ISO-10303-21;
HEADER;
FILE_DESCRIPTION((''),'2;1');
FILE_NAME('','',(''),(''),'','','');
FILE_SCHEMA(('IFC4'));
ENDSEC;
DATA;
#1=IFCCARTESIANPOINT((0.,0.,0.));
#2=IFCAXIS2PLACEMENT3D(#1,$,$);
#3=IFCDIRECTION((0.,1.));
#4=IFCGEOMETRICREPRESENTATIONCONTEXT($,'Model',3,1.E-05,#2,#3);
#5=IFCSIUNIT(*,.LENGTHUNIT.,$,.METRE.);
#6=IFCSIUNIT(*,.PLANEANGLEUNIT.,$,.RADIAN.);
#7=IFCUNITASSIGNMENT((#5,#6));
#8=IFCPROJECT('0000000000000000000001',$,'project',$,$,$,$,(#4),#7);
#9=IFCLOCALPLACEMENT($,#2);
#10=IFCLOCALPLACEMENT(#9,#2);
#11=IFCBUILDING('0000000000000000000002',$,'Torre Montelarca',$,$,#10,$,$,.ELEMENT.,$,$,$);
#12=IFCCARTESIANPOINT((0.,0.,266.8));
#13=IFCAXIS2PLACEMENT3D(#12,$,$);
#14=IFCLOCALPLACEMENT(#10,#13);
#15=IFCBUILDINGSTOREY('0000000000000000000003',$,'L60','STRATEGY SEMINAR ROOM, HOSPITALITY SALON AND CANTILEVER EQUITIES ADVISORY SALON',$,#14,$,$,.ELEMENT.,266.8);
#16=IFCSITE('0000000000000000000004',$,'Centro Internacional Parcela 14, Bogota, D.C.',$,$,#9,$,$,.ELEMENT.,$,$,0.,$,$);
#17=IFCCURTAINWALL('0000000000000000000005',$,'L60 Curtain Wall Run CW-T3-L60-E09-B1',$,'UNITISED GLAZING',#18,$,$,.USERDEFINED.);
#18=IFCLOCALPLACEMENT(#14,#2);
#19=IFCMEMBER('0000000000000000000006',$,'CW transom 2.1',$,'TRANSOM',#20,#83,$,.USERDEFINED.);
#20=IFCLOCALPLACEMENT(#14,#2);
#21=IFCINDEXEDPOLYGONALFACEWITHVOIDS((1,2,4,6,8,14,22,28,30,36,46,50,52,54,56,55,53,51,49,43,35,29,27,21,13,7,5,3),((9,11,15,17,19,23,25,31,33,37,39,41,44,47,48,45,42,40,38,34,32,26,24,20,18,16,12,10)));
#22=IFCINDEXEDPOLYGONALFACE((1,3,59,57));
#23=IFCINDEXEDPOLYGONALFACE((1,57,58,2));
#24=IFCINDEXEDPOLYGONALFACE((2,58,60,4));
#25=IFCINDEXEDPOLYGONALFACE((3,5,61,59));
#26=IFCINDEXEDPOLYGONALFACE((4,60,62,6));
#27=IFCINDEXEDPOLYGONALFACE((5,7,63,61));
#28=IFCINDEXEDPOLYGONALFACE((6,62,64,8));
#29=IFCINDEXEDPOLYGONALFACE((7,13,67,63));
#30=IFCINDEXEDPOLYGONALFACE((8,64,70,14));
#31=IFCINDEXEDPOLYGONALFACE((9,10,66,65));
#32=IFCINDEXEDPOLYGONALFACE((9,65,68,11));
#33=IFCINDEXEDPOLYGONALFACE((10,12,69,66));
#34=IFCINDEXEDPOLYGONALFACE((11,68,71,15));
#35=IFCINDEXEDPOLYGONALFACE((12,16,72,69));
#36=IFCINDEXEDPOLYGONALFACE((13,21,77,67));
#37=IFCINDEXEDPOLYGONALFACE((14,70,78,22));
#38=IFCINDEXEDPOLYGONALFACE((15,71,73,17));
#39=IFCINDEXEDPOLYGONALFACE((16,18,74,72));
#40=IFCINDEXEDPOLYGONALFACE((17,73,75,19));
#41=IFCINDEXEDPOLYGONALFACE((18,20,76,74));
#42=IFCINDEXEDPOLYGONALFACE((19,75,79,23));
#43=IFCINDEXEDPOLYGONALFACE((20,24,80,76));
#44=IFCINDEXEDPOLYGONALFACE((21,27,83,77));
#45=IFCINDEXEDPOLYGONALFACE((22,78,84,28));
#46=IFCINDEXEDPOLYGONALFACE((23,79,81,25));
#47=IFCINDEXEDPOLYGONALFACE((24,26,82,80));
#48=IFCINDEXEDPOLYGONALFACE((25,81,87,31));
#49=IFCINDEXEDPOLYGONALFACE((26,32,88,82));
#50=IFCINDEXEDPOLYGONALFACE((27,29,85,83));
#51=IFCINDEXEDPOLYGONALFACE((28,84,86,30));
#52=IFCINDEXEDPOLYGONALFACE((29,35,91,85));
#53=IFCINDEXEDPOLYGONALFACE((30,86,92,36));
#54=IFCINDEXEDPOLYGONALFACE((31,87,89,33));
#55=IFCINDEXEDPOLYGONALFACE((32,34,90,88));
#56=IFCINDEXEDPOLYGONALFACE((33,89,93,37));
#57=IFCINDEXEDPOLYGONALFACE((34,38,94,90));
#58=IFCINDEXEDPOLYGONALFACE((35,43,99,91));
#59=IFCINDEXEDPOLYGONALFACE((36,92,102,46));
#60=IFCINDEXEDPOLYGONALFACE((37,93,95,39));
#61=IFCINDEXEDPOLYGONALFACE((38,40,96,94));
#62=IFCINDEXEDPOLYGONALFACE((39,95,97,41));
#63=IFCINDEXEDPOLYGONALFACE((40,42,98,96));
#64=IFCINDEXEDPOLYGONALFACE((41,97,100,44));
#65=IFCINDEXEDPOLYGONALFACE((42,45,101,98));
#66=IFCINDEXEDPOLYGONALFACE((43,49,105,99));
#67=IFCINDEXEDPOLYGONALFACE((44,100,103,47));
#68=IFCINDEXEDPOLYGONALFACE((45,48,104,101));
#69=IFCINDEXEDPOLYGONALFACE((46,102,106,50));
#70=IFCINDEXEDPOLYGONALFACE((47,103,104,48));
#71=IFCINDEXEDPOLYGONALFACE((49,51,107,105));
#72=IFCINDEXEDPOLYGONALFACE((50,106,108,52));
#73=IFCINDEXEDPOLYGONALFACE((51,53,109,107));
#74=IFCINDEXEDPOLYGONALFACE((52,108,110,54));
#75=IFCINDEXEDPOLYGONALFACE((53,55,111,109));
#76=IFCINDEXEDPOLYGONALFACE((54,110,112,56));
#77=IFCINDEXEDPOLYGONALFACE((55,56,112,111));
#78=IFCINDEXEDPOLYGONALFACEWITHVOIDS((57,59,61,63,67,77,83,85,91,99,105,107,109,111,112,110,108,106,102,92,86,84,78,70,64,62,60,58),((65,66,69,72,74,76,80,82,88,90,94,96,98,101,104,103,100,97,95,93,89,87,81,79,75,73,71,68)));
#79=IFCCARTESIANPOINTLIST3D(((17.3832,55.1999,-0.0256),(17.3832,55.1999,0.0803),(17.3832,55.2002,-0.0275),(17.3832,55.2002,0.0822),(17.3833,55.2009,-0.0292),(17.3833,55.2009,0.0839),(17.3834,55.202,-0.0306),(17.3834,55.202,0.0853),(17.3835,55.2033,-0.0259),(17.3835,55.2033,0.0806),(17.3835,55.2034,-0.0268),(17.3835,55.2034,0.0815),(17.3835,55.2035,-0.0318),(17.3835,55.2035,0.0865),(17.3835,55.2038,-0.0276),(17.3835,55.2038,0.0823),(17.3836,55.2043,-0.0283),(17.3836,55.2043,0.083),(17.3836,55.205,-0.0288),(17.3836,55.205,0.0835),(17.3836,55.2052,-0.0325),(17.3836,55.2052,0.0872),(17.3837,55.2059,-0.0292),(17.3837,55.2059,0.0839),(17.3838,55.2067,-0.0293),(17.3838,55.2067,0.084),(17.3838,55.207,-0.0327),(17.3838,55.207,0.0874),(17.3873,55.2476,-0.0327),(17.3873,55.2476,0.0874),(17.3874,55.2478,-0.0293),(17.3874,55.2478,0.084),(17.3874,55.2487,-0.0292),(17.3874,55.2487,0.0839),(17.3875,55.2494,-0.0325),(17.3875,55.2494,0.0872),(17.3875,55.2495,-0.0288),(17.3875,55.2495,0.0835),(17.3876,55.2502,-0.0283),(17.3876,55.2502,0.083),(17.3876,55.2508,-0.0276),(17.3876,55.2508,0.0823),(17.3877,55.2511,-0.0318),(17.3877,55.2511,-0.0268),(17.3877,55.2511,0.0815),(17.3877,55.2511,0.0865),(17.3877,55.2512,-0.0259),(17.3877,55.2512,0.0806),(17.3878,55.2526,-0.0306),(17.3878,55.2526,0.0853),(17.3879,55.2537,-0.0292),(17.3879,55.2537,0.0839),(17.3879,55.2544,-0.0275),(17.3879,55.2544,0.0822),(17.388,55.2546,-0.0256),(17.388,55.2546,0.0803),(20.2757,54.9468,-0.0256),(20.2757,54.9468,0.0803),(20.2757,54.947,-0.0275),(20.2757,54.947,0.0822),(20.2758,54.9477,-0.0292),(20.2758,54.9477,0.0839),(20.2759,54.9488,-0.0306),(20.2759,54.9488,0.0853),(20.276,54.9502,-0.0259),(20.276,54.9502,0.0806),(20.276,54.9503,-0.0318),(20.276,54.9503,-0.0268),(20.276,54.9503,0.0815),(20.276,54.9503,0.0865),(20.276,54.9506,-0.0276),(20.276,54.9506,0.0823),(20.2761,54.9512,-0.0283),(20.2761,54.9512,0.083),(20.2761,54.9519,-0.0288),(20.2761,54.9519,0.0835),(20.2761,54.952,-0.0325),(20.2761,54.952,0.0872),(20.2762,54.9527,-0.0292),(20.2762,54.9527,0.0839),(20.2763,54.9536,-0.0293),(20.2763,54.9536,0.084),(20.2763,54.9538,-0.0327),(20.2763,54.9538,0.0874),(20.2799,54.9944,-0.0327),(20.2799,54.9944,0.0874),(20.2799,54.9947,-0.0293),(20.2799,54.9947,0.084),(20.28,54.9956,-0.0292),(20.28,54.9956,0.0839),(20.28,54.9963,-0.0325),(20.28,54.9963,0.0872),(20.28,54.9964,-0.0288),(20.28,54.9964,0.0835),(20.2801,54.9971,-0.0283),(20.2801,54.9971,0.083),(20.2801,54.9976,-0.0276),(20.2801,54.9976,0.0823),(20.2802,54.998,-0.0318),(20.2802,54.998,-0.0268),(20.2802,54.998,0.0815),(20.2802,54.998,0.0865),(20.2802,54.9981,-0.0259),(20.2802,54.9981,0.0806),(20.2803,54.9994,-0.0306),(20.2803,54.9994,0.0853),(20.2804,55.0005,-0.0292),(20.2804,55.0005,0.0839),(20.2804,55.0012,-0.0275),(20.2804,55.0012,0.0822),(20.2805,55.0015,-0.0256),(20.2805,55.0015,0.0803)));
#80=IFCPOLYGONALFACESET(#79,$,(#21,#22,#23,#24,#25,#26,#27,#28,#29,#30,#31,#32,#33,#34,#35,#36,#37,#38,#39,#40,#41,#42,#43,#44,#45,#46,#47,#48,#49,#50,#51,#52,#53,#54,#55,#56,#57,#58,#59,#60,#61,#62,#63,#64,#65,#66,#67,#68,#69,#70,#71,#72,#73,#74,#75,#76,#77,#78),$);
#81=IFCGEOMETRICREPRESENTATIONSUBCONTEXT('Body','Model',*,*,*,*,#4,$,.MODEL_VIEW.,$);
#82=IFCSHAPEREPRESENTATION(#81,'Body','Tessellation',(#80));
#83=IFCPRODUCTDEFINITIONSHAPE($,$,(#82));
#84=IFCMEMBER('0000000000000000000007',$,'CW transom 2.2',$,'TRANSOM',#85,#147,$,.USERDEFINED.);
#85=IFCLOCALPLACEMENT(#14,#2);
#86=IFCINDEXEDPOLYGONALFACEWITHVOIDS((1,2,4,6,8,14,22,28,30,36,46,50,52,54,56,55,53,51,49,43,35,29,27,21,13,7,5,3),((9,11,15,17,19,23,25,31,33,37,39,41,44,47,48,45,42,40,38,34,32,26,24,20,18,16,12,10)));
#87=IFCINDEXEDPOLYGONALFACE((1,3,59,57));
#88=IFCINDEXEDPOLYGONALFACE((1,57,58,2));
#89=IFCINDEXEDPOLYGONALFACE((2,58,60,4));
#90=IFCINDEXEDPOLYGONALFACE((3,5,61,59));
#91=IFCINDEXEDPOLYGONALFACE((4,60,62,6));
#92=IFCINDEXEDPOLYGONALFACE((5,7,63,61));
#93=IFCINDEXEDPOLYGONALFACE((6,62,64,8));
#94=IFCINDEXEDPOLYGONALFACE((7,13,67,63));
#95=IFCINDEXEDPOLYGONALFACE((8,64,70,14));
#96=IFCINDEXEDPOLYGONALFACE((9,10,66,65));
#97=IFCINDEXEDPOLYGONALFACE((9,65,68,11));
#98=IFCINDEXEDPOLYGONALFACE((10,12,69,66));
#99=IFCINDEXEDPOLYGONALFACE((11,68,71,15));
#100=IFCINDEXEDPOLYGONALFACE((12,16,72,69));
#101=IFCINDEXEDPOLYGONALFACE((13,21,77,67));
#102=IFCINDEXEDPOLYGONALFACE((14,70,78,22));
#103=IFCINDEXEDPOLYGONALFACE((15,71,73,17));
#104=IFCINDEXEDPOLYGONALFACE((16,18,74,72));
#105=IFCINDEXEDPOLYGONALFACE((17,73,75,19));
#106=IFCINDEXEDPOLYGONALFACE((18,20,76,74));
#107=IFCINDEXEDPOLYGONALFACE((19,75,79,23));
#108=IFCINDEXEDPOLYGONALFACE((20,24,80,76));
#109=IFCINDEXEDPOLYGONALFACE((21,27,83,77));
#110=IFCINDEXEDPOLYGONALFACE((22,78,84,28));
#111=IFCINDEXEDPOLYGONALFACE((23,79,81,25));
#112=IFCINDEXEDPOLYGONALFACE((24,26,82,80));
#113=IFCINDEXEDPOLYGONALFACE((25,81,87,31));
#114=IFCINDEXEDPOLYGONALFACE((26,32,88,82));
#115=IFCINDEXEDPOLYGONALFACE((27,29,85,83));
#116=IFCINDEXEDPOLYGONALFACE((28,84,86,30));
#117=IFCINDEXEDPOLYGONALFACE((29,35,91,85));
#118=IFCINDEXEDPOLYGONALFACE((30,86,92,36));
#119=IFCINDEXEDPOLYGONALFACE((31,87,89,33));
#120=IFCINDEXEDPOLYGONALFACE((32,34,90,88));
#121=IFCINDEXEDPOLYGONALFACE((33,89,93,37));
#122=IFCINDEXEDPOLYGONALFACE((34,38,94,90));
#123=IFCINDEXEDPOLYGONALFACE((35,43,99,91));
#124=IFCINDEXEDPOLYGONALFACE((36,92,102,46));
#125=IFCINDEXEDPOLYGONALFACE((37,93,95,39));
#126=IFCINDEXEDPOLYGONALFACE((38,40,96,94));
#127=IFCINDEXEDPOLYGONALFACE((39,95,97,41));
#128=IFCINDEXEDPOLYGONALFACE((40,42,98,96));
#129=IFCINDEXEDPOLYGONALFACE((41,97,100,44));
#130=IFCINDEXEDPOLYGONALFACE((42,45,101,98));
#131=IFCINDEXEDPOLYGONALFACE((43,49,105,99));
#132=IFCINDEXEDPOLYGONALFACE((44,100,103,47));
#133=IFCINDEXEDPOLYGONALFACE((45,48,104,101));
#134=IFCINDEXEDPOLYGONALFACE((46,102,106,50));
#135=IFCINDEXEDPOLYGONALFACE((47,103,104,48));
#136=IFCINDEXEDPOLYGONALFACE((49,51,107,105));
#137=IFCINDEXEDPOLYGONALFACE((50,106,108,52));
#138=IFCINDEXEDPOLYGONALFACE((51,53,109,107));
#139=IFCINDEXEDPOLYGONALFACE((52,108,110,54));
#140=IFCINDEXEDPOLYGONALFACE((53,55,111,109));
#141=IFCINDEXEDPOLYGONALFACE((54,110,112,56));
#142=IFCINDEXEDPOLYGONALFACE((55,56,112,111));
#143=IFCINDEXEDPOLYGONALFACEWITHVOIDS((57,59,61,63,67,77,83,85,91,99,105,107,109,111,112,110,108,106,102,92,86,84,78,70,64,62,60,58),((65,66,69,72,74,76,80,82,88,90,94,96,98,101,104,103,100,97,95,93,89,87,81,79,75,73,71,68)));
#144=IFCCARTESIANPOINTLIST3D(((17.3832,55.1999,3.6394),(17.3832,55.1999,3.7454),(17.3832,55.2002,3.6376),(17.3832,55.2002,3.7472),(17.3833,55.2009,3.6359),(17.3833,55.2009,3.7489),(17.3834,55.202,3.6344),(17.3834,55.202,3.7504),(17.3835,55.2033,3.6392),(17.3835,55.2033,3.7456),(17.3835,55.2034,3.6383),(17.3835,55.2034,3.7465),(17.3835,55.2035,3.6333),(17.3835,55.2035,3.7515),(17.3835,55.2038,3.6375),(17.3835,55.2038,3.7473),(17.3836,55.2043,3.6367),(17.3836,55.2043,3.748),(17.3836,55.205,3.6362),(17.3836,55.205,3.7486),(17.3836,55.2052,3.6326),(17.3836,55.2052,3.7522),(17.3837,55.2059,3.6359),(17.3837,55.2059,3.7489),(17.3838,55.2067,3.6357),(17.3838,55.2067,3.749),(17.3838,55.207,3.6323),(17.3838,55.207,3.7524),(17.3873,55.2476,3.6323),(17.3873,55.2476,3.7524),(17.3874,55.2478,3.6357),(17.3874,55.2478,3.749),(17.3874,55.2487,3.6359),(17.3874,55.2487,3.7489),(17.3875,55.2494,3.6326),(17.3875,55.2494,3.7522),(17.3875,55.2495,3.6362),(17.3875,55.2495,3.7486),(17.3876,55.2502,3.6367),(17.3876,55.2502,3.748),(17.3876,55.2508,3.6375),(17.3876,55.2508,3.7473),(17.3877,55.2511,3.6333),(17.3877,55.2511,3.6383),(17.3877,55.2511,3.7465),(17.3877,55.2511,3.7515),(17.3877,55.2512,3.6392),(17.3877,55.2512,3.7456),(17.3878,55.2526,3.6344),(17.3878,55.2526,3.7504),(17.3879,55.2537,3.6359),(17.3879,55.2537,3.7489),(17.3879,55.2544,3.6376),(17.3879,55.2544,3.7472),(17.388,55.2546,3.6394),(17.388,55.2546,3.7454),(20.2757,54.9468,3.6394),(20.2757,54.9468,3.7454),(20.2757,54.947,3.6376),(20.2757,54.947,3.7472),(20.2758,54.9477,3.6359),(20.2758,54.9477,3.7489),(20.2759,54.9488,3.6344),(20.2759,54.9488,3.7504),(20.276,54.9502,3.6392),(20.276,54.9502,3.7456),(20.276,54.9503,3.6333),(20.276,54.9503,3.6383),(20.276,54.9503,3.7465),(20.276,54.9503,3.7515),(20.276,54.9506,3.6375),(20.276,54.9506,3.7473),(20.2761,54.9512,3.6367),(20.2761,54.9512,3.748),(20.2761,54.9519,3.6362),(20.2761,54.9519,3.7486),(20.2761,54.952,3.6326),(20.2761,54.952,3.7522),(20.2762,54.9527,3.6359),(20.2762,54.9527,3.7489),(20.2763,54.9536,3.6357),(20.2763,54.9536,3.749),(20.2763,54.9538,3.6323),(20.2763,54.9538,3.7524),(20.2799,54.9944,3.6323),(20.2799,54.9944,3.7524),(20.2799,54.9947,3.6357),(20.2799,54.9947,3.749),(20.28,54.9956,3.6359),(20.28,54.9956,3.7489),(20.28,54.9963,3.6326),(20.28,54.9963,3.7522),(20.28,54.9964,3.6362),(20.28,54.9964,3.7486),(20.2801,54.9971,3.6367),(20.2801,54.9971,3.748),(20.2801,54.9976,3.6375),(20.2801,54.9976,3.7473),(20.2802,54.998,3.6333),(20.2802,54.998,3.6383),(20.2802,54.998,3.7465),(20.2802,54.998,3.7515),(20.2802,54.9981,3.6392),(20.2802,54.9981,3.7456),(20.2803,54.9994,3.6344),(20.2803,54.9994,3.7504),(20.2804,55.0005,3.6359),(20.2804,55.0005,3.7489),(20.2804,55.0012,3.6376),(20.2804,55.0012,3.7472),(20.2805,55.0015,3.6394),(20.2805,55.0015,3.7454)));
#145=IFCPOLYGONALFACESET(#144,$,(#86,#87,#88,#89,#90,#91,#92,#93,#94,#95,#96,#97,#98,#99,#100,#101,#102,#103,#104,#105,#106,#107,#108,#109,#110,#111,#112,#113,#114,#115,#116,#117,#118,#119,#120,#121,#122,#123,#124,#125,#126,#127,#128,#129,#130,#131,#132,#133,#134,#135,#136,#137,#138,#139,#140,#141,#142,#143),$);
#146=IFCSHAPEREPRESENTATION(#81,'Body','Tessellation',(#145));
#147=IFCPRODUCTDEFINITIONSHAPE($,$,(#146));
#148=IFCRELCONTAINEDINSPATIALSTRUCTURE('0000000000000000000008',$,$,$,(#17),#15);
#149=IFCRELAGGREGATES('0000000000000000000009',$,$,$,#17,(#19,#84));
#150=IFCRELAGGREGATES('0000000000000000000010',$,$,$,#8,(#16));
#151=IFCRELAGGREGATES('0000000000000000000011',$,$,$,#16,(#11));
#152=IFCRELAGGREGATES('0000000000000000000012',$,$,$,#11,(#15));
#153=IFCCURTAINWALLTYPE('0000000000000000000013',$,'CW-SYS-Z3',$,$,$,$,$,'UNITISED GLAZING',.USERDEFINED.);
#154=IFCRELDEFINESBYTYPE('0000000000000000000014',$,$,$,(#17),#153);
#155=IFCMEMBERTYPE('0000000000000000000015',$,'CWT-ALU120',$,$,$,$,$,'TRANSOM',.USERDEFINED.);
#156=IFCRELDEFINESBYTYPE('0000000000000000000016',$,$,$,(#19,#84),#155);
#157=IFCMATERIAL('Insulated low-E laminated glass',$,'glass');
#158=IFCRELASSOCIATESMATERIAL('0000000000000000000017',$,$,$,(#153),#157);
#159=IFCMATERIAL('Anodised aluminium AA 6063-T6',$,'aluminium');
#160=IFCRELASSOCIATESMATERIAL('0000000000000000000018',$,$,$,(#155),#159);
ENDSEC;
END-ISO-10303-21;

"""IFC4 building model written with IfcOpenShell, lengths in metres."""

from ifc_helpers import new_model, si_unit, direction, frame, origin, origin_2d, place, context, subcontext, project, spatial, hollow_rectangle, extrude, source, transform, mapped, material, material_profile, profile_set, type_object, element, aggregate, save


model = new_model("IFC4")

# Units and contexts
model_context = context("Model", 3, precision=1e-05, world=origin(), true_north=direction((0.0, 1.0)))
body_context = subcontext(model_context, "Body", "Model", "MODEL_VIEW")
ifc_project = project(units=[si_unit("LENGTHUNIT", "METRE"), si_unit("PLANEANGLEUNIT", "RADIAN")], contexts=[model_context])

# Site, building, storey
site_placement = place(None, origin())
site = spatial("IfcSite", under=ifc_project, at=site_placement, Name="Centro Internacional Parcela 14, Bogota, D.C.", CompositionType="ELEMENT", RefElevation=0.0)
building_placement = place(site_placement, origin())
building = spatial("IfcBuilding", under=site, at=building_placement, Name="Torre Montelarca", CompositionType="ELEMENT")
storey_placement = place(building_placement, frame((0.0, 0.0, 266.8)))
storey = spatial("IfcBuildingStorey", under=building, at=storey_placement, Name="L60", Description="STRATEGY SEMINAR ROOM, HOSPITALITY SALON AND CANTILEVER EQUITIES ADVISORY SALON", CompositionType="ELEMENT", Elevation=266.8)

# Curtain wall, members
ifc_material_1 = material(Name="Insulated low-E laminated glass", Category="glass")
curtain_wall_type = type_object("IfcCurtainWallType", Name="CW-SYS-Z3", ElementType="UNITISED GLAZING", PredefinedType="USERDEFINED", material=ifc_material_1)
curtain_wall_1_placement = place(storey_placement, origin())
curtain_wall_1 = element("IfcCurtainWall", 1, at=curtain_wall_1_placement, inside=storey, type_object=curtain_wall_type, Name="L60 Curtain Wall Run CW-T3-L60-E09-B1", ObjectType="UNITISED GLAZING", PredefinedType="USERDEFINED")
ifc_material_2 = material(Name="Anodised aluminium AA 6063-T6", Category="aluminium")
ifc_material_profile_1 = material_profile(ifc_material_2, hollow_rectangle(XDim=0.0549, YDim=0.1201, WallThickness=0.0034, InnerFilletRadius=0.0034, OuterFilletRadius=0.0071, at=origin_2d()), Name="ALU55X120X3.5", Category="aluminium")
ifc_profile_set_1 = profile_set([ifc_material_profile_1], Name="Anodised aluminium AA 6063-T6")
member_type_1 = type_object("IfcMemberType", Name="CWT-ALU120", ElementType="TRANSOM", PredefinedType="USERDEFINED", material=ifc_profile_set_1)
shared_shape_1 = source(origin(), body_context, "Body", "SweptSolid", [
    extrude(hollow_rectangle(XDim=0.0549, YDim=0.1201, WallThickness=0.0034, InnerFilletRadius=0.0034, OuterFilletRadius=0.0071, at=origin_2d()), origin(), (0.0, 0.0, 1.0), 2.9036),
])
member_1_placement = place(storey_placement, frame((20.2781, 54.9741, 0.0273), z_axis=(-0.996192, 0.087192, 0.0), x_axis=(-0.087192, -0.996192, 0.0)))
member_1 = element("IfcMember", 2, at=member_1_placement, type_object=member_type_1, Name="CW transom 2.1", ObjectType="TRANSOM", PredefinedType="USERDEFINED", context=body_context, shape_type="MappedRepresentation", body=[
    mapped(shared_shape_1, transform((0.0, 0.0, 0.0), scale=1.0)),
])
member_2_placement = place(storey_placement, frame((20.2781, 54.9741, 3.6924), z_axis=(-0.996192, 0.087192, 0.0), x_axis=(-0.087192, -0.996192, 0.0)))
member_2 = element("IfcMember", 3, at=member_2_placement, type_object=member_type_1, Name="CW transom 2.2", ObjectType="TRANSOM", PredefinedType="USERDEFINED", context=body_context, shape_type="MappedRepresentation", body=[
    mapped(shared_shape_1, transform((0.0, 0.0, 0.0), scale=1.0)),
])

aggregate(curtain_wall_1, [member_1, member_2])

save(model, "model.ifc")
